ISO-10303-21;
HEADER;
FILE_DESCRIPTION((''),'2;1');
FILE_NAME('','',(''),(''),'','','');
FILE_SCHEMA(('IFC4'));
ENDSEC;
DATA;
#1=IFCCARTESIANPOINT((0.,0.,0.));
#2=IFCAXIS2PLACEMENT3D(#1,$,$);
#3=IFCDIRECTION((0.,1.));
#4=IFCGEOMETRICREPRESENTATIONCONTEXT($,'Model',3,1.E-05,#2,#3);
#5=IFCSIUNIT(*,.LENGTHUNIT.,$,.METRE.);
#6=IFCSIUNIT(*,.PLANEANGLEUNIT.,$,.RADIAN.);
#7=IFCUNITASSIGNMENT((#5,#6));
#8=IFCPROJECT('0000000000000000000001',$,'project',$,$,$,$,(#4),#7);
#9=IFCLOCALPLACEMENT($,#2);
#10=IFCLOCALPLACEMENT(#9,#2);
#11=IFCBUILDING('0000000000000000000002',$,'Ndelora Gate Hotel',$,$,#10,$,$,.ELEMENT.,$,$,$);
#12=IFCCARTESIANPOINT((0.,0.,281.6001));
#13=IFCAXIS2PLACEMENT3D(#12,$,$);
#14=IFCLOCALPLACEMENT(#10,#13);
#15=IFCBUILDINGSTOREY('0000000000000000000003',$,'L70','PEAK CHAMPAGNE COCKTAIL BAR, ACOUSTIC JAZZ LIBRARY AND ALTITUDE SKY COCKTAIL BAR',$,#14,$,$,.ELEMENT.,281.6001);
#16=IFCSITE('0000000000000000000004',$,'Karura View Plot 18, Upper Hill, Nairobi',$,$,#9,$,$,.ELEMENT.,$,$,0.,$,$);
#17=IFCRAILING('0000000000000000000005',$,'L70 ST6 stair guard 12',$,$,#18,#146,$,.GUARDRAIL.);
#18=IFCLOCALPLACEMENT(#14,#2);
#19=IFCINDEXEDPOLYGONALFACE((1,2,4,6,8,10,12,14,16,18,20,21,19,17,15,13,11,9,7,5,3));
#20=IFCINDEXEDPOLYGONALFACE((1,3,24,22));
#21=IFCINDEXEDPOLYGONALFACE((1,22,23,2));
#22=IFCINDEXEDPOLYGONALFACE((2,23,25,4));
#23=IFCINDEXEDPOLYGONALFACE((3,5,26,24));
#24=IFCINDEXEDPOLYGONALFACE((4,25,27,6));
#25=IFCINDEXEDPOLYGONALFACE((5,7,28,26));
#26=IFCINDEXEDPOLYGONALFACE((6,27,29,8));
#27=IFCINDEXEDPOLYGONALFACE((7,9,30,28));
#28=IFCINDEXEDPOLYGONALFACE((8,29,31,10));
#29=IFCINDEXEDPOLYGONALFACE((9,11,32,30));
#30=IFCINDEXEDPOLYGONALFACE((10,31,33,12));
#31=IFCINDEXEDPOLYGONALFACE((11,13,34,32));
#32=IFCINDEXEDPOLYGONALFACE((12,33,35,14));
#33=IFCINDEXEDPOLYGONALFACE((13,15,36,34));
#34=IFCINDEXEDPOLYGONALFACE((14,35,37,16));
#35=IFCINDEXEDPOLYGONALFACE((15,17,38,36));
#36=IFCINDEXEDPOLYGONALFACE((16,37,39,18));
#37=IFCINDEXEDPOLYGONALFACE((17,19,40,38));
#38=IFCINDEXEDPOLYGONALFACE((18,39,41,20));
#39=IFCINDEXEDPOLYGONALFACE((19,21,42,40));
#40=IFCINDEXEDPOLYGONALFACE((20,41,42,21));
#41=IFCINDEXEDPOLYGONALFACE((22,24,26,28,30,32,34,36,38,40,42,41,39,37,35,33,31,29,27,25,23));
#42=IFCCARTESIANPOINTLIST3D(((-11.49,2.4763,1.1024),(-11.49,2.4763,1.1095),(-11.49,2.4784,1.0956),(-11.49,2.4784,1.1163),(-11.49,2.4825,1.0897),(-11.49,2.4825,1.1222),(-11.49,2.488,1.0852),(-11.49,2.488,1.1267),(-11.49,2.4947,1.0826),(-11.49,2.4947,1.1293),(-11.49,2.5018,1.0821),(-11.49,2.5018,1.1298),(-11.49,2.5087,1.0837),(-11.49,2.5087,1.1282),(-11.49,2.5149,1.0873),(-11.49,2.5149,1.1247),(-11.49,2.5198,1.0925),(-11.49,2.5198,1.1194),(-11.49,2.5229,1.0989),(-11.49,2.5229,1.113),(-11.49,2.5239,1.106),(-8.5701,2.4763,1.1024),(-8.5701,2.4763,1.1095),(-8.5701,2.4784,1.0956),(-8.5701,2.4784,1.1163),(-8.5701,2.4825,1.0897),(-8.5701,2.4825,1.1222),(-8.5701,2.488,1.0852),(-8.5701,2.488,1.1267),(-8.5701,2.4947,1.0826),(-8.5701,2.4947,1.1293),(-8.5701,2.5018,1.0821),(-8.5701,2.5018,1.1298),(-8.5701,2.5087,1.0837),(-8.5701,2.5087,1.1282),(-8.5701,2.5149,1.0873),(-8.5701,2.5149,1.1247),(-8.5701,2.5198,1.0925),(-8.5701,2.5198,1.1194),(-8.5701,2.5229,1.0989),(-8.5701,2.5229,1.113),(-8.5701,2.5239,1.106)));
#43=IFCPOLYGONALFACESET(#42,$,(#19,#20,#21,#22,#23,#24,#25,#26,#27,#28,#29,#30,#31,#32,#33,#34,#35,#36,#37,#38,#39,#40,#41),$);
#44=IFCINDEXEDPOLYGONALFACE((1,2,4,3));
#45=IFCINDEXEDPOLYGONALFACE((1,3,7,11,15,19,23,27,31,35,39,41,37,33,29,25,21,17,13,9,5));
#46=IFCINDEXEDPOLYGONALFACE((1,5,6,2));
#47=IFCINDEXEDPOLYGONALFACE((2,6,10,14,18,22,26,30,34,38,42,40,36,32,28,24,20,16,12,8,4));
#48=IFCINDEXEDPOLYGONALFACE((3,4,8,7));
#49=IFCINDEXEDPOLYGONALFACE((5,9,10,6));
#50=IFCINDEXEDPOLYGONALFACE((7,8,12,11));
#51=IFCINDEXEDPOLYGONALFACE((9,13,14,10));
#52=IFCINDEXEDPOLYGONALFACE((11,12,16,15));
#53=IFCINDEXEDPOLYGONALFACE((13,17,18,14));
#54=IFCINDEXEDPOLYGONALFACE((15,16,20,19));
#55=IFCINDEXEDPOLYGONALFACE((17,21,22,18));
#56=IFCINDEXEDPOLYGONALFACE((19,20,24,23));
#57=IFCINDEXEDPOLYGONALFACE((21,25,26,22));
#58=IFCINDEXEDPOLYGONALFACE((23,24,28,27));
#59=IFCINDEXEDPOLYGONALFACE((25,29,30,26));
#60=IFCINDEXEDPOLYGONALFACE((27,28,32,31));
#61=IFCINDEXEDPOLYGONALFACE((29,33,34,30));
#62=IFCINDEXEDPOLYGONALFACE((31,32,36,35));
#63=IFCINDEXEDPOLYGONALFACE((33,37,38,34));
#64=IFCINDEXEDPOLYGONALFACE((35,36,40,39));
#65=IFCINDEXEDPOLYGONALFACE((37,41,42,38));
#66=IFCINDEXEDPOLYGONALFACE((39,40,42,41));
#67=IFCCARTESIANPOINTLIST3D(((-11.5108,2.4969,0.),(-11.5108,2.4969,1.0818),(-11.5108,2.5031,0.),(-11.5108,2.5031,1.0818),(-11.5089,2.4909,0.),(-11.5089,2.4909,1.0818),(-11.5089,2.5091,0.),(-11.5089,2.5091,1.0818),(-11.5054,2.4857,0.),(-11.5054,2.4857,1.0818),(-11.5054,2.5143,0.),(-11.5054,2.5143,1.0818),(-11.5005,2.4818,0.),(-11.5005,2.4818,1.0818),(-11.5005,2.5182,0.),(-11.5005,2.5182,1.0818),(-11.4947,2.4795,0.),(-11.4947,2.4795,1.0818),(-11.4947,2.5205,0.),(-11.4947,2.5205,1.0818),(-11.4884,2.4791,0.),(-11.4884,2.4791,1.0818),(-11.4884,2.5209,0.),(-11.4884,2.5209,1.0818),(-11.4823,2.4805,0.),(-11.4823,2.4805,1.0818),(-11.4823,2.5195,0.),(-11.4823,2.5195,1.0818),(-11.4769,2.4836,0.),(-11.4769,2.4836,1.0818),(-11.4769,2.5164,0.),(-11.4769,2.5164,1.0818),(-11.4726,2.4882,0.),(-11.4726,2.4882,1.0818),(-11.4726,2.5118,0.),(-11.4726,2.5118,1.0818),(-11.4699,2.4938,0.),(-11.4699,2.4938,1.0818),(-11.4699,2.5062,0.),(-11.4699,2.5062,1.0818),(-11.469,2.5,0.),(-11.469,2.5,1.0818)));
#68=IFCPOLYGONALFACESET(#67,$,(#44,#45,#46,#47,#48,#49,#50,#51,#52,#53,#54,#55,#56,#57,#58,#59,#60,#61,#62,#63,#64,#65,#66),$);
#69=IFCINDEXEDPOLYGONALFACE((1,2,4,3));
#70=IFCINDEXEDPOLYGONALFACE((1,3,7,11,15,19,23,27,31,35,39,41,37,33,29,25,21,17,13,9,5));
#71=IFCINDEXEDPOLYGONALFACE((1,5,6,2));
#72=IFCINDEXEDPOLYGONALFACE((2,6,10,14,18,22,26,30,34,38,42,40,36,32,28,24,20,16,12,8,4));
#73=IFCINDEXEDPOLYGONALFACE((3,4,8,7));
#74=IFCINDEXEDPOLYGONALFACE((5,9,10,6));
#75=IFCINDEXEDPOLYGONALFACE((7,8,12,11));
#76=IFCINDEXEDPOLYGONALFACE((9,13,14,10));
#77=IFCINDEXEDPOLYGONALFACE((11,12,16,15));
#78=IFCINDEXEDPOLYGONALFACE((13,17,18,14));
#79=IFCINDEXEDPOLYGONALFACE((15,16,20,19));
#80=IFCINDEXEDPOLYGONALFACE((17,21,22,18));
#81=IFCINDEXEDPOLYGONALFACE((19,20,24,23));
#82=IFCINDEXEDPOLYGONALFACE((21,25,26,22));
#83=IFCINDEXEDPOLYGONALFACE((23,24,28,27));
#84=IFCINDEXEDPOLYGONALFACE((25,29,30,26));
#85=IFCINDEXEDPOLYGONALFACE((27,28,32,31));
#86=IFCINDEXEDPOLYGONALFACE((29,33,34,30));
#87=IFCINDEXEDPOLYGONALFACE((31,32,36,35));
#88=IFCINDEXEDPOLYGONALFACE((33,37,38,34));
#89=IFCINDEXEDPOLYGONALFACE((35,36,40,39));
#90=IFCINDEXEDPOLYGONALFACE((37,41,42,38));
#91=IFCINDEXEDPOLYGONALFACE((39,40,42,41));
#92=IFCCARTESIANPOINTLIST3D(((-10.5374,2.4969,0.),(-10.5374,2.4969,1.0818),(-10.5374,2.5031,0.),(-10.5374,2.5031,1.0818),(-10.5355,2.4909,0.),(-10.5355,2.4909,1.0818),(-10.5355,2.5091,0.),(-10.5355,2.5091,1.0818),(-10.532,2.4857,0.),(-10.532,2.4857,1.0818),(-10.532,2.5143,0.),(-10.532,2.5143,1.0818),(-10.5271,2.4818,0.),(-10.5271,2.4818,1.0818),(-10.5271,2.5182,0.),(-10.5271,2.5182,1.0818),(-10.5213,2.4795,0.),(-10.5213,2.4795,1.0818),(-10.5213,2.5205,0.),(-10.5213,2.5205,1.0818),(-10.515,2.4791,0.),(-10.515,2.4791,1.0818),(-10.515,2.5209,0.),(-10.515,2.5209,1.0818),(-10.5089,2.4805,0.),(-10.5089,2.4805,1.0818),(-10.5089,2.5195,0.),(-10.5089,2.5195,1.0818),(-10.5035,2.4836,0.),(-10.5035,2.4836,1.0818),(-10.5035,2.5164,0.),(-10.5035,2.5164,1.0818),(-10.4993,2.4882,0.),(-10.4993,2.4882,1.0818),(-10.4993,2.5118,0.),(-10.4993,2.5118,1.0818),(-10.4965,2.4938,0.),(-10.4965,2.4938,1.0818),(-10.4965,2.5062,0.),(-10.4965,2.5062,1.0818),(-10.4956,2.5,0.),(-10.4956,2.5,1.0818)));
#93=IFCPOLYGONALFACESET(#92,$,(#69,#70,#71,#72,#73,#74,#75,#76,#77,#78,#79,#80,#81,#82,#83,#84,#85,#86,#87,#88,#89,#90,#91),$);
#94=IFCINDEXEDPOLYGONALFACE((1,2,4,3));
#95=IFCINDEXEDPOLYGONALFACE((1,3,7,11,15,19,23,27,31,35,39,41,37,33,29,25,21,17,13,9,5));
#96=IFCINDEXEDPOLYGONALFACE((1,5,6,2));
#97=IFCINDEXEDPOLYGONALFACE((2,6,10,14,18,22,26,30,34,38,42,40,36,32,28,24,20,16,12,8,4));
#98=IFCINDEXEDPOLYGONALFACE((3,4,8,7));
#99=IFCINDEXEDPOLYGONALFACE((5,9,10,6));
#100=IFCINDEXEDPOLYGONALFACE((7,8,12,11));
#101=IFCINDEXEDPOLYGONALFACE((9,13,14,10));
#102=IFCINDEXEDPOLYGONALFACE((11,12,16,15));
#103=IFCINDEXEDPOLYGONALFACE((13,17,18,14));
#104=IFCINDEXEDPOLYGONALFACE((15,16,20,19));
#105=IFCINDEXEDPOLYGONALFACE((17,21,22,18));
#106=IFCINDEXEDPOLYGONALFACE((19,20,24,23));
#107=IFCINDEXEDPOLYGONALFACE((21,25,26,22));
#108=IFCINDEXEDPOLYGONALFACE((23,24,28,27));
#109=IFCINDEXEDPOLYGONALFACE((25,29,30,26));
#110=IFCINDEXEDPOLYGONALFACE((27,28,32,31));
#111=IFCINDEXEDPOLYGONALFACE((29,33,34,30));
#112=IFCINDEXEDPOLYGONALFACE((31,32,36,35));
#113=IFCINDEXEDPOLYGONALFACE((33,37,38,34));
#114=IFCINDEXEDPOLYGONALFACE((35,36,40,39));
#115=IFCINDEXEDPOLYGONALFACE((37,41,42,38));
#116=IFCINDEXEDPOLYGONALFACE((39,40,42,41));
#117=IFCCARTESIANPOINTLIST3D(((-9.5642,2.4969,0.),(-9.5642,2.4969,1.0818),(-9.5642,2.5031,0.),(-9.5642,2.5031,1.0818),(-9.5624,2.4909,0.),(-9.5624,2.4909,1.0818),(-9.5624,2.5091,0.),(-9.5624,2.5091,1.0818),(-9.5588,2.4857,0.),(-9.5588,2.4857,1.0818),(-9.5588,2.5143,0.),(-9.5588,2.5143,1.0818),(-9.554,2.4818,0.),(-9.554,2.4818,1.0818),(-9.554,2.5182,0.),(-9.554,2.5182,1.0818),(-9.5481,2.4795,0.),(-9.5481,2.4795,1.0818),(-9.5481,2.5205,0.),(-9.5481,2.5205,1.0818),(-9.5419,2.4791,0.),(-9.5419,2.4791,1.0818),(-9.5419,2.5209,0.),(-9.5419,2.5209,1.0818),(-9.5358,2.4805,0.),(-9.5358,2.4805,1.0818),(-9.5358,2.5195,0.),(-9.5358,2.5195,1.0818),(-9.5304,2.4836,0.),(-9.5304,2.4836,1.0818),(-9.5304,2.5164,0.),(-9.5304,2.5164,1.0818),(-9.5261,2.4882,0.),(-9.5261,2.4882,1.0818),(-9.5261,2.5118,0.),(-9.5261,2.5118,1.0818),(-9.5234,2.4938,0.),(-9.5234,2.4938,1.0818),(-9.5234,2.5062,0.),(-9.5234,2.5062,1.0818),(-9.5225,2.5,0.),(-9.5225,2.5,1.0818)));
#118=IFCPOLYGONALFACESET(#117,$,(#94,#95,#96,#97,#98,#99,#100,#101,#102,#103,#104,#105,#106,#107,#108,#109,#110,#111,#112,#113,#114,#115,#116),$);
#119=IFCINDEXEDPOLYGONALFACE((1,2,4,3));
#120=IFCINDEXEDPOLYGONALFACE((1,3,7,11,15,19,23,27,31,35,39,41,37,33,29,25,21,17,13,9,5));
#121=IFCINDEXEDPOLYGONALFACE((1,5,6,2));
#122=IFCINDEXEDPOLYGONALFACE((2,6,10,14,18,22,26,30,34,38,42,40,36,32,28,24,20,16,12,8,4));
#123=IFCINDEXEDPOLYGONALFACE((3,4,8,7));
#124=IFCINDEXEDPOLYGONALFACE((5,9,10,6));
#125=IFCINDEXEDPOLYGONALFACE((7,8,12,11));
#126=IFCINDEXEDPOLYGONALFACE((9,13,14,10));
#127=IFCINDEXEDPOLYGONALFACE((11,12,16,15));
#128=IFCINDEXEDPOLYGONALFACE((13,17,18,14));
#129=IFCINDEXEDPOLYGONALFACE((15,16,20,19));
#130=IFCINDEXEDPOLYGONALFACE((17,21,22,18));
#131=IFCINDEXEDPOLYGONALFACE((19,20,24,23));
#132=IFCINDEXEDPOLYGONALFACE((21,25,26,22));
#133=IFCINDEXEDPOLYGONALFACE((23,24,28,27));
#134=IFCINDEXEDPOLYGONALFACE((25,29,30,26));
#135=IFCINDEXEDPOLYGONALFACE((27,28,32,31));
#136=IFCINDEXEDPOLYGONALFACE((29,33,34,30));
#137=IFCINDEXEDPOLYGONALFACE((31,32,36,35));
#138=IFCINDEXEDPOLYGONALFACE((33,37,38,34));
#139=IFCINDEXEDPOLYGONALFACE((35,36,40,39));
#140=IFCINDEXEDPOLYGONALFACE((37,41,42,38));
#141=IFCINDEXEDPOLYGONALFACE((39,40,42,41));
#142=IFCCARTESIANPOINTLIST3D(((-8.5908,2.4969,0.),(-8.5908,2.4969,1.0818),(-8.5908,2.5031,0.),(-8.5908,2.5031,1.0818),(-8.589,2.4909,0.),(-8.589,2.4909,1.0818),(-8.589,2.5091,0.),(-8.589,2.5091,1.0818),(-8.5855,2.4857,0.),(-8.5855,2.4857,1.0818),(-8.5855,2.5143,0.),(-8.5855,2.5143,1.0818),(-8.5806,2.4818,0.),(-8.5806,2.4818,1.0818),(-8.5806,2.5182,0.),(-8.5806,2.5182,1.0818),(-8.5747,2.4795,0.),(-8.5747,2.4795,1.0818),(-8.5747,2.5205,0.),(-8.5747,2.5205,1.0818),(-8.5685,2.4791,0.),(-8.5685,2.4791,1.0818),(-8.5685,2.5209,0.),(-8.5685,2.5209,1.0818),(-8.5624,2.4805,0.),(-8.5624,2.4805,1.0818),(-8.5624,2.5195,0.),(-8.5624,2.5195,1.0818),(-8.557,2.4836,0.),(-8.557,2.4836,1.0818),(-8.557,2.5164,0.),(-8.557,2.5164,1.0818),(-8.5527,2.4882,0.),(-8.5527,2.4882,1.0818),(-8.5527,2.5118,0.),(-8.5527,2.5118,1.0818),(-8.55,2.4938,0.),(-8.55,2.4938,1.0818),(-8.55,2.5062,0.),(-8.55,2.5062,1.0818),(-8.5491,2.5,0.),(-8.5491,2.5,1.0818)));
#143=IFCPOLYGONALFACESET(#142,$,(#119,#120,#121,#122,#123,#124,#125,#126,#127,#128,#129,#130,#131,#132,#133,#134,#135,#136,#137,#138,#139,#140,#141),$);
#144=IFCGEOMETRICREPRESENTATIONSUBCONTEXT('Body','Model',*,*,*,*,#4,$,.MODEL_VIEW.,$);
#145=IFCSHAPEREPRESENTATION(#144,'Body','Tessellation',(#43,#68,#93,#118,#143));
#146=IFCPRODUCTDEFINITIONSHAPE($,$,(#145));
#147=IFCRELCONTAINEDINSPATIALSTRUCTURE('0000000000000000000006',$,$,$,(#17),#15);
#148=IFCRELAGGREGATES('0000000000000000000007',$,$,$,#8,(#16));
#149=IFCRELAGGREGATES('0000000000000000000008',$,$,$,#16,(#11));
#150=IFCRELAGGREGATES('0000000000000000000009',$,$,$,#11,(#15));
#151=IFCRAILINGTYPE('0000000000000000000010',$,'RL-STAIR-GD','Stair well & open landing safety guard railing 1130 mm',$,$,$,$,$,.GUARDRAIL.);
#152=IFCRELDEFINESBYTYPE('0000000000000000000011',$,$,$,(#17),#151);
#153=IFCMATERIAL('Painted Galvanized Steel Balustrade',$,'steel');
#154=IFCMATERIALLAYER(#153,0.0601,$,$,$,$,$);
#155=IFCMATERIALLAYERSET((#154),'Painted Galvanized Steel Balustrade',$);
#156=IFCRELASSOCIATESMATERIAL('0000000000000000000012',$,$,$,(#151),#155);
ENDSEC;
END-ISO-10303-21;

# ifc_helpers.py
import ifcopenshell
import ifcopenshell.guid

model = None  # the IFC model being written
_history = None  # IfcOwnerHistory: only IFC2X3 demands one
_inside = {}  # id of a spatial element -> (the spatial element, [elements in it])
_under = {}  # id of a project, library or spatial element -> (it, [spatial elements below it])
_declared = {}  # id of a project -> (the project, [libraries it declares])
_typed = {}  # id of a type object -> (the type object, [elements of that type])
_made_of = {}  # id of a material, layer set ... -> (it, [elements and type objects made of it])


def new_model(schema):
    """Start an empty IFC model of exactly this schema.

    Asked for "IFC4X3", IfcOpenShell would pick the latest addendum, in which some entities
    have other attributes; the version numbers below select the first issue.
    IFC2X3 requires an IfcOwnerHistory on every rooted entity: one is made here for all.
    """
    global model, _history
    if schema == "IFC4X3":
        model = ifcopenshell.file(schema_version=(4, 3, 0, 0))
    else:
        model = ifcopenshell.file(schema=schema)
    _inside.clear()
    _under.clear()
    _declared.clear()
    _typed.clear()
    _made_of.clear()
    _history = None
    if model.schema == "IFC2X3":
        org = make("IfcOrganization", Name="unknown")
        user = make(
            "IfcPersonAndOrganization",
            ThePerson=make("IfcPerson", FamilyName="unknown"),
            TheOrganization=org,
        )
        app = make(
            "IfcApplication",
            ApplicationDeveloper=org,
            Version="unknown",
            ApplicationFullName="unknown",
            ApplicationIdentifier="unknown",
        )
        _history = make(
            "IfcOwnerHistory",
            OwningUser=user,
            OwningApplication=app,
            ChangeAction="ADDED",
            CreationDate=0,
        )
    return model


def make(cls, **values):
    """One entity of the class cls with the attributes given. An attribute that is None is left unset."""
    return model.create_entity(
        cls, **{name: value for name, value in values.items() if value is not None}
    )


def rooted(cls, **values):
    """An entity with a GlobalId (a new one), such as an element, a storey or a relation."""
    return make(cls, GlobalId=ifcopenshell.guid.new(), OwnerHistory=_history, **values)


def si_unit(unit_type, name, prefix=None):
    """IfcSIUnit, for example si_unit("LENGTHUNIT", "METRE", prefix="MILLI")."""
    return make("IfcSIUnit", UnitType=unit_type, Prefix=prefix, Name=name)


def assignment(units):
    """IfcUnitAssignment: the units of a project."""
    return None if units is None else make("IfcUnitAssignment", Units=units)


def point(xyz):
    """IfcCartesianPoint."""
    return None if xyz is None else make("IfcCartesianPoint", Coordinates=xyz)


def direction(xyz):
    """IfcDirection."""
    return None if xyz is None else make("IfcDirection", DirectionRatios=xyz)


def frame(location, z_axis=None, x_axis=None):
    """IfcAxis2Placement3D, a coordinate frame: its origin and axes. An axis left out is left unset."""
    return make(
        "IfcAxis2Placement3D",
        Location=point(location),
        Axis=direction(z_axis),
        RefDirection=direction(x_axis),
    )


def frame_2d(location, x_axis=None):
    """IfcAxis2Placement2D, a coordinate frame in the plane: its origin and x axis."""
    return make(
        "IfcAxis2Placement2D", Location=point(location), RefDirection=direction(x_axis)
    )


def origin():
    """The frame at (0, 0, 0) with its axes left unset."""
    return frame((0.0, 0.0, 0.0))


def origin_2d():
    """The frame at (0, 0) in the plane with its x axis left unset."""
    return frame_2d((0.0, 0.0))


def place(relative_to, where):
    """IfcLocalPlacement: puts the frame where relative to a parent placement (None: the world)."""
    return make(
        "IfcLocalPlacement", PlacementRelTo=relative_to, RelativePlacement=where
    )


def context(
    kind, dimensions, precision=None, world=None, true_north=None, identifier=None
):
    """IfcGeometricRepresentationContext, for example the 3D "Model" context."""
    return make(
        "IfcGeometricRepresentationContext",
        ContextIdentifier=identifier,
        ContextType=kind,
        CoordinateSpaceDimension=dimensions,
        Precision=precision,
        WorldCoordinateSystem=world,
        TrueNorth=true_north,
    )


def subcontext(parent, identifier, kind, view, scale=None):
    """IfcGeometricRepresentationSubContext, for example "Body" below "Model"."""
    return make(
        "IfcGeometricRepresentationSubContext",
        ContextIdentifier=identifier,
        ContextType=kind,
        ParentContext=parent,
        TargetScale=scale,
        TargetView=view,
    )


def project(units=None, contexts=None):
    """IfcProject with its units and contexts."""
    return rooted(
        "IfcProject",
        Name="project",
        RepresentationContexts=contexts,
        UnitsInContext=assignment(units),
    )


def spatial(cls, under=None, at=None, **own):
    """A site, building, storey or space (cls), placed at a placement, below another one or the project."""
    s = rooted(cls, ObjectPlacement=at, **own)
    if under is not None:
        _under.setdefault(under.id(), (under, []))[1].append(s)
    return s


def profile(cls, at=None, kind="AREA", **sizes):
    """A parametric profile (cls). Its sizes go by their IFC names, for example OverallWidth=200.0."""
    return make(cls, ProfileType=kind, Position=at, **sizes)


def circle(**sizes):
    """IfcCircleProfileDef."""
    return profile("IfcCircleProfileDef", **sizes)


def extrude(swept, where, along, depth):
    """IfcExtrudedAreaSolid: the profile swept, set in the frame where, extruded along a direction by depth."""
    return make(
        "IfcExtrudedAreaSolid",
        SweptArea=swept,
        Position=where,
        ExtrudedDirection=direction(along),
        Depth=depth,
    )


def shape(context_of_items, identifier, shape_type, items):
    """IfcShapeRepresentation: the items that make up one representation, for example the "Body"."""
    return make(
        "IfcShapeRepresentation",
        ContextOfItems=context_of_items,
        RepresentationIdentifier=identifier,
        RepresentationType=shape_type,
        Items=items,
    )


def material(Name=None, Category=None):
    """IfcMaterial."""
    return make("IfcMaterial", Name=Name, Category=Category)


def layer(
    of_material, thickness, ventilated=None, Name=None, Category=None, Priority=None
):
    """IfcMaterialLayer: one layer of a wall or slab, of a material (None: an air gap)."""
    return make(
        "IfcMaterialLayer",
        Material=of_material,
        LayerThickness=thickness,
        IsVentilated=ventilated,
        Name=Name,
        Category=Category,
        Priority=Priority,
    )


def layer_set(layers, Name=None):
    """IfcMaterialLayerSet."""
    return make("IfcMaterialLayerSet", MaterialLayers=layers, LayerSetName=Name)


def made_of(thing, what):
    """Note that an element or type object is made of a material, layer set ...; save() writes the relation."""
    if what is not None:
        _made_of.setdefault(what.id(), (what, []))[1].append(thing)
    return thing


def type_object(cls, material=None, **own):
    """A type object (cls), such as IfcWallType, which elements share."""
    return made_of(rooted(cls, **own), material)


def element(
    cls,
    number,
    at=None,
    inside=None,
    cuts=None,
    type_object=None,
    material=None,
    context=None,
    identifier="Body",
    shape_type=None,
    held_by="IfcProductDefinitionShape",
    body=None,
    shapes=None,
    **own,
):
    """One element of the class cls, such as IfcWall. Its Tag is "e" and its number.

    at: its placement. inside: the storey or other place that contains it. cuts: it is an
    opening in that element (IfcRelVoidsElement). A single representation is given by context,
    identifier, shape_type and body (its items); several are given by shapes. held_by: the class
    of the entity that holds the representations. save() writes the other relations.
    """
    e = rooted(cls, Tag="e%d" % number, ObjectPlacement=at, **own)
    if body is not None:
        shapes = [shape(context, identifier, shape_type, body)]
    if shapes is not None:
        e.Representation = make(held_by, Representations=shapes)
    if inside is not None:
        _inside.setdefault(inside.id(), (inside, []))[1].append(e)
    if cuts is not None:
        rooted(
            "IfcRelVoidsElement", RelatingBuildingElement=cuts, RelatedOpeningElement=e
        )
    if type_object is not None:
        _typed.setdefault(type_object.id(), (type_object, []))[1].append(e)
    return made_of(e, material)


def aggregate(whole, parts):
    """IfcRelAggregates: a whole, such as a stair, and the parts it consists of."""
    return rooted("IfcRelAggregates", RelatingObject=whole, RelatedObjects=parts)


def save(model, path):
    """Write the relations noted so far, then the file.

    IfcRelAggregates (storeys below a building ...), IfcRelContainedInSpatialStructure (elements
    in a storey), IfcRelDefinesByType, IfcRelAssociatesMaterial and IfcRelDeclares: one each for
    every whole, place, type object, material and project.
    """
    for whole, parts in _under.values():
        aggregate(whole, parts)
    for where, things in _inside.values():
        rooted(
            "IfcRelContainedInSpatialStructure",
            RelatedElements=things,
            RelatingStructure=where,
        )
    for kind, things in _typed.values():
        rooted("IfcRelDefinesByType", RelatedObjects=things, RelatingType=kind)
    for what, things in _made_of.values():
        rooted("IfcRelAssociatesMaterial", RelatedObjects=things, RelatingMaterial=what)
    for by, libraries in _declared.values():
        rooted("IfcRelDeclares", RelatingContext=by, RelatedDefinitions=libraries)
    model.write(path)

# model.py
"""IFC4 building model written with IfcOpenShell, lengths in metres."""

from ifc_helpers import new_model, si_unit, direction, frame, origin, origin_2d, place, context, subcontext, project, spatial, circle, extrude, material, layer, layer_set, type_object, element, save


model = new_model("IFC4")

# Units and contexts
model_context = context("Model", 3, precision=1e-05, world=origin(), true_north=direction((0.0, 1.0)))
body_context = subcontext(model_context, "Body", "Model", "MODEL_VIEW")
ifc_project = project(units=[si_unit("LENGTHUNIT", "METRE"), si_unit("PLANEANGLEUNIT", "RADIAN")], contexts=[model_context])

# Site, building, storey
site_placement = place(None, origin())
site = spatial("IfcSite", under=ifc_project, at=site_placement, Name="Karura View Plot 18, Upper Hill, Nairobi", CompositionType="ELEMENT", RefElevation=0.0)
building_placement = place(site_placement, origin())
building = spatial("IfcBuilding", under=site, at=building_placement, Name="Ndelora Gate Hotel", CompositionType="ELEMENT")
storey_placement = place(building_placement, frame((0.0, 0.0, 281.6001)))
storey = spatial("IfcBuildingStorey", under=building, at=storey_placement, Name="L70", Description="PEAK CHAMPAGNE COCKTAIL BAR, ACOUSTIC JAZZ LIBRARY AND ALTITUDE SKY COCKTAIL BAR", CompositionType="ELEMENT", Elevation=281.6001)

# Railing
ifc_material_1 = material(Name="Painted Galvanized Steel Balustrade", Category="steel")
ifc_layer_1 = layer(ifc_material_1, 0.0601)
ifc_layer_set_1 = layer_set([ifc_layer_1], Name="Painted Galvanized Steel Balustrade")
railing_type = type_object("IfcRailingType", Name="RL-STAIR-GD", Description="Stair well & open landing safety guard railing 1130 mm", PredefinedType="GUARDRAIL", material=ifc_layer_set_1)
railing_1_placement = place(storey_placement, frame((-11.49, 2.5, 0.0)))
element("IfcRailing", 1, at=railing_1_placement, inside=storey, type_object=railing_type, Name="L70 ST6 stair guard 12", PredefinedType="GUARDRAIL", context=body_context, shape_type="SweptSolid", body=[
    extrude(circle(Radius=0.0239, at=origin_2d()), frame((0.0, 0.0, 1.106), z_axis=(1.0, 0.0, 0.0), x_axis=(0.0, 1.0, 0.0)), (0.0, 0.0, 1.0), 2.9199),
    extrude(circle(Radius=0.021, at=origin_2d()), origin(), (0.0, 0.0, 1.0), 1.0818),
    extrude(circle(Radius=0.021, at=origin_2d()), frame((0.9734, 0.0, 0.0)), (0.0, 0.0, 1.0), 1.0818),
    extrude(circle(Radius=0.021, at=origin_2d()), frame((1.9465, 0.0, 0.0)), (0.0, 0.0, 1.0), 1.0818),
    extrude(circle(Radius=0.021, at=origin_2d()), frame((2.9199, 0.0, 0.0)), (0.0, 0.0, 1.0), 1.0818),
])

save(model, "model.ifc")
